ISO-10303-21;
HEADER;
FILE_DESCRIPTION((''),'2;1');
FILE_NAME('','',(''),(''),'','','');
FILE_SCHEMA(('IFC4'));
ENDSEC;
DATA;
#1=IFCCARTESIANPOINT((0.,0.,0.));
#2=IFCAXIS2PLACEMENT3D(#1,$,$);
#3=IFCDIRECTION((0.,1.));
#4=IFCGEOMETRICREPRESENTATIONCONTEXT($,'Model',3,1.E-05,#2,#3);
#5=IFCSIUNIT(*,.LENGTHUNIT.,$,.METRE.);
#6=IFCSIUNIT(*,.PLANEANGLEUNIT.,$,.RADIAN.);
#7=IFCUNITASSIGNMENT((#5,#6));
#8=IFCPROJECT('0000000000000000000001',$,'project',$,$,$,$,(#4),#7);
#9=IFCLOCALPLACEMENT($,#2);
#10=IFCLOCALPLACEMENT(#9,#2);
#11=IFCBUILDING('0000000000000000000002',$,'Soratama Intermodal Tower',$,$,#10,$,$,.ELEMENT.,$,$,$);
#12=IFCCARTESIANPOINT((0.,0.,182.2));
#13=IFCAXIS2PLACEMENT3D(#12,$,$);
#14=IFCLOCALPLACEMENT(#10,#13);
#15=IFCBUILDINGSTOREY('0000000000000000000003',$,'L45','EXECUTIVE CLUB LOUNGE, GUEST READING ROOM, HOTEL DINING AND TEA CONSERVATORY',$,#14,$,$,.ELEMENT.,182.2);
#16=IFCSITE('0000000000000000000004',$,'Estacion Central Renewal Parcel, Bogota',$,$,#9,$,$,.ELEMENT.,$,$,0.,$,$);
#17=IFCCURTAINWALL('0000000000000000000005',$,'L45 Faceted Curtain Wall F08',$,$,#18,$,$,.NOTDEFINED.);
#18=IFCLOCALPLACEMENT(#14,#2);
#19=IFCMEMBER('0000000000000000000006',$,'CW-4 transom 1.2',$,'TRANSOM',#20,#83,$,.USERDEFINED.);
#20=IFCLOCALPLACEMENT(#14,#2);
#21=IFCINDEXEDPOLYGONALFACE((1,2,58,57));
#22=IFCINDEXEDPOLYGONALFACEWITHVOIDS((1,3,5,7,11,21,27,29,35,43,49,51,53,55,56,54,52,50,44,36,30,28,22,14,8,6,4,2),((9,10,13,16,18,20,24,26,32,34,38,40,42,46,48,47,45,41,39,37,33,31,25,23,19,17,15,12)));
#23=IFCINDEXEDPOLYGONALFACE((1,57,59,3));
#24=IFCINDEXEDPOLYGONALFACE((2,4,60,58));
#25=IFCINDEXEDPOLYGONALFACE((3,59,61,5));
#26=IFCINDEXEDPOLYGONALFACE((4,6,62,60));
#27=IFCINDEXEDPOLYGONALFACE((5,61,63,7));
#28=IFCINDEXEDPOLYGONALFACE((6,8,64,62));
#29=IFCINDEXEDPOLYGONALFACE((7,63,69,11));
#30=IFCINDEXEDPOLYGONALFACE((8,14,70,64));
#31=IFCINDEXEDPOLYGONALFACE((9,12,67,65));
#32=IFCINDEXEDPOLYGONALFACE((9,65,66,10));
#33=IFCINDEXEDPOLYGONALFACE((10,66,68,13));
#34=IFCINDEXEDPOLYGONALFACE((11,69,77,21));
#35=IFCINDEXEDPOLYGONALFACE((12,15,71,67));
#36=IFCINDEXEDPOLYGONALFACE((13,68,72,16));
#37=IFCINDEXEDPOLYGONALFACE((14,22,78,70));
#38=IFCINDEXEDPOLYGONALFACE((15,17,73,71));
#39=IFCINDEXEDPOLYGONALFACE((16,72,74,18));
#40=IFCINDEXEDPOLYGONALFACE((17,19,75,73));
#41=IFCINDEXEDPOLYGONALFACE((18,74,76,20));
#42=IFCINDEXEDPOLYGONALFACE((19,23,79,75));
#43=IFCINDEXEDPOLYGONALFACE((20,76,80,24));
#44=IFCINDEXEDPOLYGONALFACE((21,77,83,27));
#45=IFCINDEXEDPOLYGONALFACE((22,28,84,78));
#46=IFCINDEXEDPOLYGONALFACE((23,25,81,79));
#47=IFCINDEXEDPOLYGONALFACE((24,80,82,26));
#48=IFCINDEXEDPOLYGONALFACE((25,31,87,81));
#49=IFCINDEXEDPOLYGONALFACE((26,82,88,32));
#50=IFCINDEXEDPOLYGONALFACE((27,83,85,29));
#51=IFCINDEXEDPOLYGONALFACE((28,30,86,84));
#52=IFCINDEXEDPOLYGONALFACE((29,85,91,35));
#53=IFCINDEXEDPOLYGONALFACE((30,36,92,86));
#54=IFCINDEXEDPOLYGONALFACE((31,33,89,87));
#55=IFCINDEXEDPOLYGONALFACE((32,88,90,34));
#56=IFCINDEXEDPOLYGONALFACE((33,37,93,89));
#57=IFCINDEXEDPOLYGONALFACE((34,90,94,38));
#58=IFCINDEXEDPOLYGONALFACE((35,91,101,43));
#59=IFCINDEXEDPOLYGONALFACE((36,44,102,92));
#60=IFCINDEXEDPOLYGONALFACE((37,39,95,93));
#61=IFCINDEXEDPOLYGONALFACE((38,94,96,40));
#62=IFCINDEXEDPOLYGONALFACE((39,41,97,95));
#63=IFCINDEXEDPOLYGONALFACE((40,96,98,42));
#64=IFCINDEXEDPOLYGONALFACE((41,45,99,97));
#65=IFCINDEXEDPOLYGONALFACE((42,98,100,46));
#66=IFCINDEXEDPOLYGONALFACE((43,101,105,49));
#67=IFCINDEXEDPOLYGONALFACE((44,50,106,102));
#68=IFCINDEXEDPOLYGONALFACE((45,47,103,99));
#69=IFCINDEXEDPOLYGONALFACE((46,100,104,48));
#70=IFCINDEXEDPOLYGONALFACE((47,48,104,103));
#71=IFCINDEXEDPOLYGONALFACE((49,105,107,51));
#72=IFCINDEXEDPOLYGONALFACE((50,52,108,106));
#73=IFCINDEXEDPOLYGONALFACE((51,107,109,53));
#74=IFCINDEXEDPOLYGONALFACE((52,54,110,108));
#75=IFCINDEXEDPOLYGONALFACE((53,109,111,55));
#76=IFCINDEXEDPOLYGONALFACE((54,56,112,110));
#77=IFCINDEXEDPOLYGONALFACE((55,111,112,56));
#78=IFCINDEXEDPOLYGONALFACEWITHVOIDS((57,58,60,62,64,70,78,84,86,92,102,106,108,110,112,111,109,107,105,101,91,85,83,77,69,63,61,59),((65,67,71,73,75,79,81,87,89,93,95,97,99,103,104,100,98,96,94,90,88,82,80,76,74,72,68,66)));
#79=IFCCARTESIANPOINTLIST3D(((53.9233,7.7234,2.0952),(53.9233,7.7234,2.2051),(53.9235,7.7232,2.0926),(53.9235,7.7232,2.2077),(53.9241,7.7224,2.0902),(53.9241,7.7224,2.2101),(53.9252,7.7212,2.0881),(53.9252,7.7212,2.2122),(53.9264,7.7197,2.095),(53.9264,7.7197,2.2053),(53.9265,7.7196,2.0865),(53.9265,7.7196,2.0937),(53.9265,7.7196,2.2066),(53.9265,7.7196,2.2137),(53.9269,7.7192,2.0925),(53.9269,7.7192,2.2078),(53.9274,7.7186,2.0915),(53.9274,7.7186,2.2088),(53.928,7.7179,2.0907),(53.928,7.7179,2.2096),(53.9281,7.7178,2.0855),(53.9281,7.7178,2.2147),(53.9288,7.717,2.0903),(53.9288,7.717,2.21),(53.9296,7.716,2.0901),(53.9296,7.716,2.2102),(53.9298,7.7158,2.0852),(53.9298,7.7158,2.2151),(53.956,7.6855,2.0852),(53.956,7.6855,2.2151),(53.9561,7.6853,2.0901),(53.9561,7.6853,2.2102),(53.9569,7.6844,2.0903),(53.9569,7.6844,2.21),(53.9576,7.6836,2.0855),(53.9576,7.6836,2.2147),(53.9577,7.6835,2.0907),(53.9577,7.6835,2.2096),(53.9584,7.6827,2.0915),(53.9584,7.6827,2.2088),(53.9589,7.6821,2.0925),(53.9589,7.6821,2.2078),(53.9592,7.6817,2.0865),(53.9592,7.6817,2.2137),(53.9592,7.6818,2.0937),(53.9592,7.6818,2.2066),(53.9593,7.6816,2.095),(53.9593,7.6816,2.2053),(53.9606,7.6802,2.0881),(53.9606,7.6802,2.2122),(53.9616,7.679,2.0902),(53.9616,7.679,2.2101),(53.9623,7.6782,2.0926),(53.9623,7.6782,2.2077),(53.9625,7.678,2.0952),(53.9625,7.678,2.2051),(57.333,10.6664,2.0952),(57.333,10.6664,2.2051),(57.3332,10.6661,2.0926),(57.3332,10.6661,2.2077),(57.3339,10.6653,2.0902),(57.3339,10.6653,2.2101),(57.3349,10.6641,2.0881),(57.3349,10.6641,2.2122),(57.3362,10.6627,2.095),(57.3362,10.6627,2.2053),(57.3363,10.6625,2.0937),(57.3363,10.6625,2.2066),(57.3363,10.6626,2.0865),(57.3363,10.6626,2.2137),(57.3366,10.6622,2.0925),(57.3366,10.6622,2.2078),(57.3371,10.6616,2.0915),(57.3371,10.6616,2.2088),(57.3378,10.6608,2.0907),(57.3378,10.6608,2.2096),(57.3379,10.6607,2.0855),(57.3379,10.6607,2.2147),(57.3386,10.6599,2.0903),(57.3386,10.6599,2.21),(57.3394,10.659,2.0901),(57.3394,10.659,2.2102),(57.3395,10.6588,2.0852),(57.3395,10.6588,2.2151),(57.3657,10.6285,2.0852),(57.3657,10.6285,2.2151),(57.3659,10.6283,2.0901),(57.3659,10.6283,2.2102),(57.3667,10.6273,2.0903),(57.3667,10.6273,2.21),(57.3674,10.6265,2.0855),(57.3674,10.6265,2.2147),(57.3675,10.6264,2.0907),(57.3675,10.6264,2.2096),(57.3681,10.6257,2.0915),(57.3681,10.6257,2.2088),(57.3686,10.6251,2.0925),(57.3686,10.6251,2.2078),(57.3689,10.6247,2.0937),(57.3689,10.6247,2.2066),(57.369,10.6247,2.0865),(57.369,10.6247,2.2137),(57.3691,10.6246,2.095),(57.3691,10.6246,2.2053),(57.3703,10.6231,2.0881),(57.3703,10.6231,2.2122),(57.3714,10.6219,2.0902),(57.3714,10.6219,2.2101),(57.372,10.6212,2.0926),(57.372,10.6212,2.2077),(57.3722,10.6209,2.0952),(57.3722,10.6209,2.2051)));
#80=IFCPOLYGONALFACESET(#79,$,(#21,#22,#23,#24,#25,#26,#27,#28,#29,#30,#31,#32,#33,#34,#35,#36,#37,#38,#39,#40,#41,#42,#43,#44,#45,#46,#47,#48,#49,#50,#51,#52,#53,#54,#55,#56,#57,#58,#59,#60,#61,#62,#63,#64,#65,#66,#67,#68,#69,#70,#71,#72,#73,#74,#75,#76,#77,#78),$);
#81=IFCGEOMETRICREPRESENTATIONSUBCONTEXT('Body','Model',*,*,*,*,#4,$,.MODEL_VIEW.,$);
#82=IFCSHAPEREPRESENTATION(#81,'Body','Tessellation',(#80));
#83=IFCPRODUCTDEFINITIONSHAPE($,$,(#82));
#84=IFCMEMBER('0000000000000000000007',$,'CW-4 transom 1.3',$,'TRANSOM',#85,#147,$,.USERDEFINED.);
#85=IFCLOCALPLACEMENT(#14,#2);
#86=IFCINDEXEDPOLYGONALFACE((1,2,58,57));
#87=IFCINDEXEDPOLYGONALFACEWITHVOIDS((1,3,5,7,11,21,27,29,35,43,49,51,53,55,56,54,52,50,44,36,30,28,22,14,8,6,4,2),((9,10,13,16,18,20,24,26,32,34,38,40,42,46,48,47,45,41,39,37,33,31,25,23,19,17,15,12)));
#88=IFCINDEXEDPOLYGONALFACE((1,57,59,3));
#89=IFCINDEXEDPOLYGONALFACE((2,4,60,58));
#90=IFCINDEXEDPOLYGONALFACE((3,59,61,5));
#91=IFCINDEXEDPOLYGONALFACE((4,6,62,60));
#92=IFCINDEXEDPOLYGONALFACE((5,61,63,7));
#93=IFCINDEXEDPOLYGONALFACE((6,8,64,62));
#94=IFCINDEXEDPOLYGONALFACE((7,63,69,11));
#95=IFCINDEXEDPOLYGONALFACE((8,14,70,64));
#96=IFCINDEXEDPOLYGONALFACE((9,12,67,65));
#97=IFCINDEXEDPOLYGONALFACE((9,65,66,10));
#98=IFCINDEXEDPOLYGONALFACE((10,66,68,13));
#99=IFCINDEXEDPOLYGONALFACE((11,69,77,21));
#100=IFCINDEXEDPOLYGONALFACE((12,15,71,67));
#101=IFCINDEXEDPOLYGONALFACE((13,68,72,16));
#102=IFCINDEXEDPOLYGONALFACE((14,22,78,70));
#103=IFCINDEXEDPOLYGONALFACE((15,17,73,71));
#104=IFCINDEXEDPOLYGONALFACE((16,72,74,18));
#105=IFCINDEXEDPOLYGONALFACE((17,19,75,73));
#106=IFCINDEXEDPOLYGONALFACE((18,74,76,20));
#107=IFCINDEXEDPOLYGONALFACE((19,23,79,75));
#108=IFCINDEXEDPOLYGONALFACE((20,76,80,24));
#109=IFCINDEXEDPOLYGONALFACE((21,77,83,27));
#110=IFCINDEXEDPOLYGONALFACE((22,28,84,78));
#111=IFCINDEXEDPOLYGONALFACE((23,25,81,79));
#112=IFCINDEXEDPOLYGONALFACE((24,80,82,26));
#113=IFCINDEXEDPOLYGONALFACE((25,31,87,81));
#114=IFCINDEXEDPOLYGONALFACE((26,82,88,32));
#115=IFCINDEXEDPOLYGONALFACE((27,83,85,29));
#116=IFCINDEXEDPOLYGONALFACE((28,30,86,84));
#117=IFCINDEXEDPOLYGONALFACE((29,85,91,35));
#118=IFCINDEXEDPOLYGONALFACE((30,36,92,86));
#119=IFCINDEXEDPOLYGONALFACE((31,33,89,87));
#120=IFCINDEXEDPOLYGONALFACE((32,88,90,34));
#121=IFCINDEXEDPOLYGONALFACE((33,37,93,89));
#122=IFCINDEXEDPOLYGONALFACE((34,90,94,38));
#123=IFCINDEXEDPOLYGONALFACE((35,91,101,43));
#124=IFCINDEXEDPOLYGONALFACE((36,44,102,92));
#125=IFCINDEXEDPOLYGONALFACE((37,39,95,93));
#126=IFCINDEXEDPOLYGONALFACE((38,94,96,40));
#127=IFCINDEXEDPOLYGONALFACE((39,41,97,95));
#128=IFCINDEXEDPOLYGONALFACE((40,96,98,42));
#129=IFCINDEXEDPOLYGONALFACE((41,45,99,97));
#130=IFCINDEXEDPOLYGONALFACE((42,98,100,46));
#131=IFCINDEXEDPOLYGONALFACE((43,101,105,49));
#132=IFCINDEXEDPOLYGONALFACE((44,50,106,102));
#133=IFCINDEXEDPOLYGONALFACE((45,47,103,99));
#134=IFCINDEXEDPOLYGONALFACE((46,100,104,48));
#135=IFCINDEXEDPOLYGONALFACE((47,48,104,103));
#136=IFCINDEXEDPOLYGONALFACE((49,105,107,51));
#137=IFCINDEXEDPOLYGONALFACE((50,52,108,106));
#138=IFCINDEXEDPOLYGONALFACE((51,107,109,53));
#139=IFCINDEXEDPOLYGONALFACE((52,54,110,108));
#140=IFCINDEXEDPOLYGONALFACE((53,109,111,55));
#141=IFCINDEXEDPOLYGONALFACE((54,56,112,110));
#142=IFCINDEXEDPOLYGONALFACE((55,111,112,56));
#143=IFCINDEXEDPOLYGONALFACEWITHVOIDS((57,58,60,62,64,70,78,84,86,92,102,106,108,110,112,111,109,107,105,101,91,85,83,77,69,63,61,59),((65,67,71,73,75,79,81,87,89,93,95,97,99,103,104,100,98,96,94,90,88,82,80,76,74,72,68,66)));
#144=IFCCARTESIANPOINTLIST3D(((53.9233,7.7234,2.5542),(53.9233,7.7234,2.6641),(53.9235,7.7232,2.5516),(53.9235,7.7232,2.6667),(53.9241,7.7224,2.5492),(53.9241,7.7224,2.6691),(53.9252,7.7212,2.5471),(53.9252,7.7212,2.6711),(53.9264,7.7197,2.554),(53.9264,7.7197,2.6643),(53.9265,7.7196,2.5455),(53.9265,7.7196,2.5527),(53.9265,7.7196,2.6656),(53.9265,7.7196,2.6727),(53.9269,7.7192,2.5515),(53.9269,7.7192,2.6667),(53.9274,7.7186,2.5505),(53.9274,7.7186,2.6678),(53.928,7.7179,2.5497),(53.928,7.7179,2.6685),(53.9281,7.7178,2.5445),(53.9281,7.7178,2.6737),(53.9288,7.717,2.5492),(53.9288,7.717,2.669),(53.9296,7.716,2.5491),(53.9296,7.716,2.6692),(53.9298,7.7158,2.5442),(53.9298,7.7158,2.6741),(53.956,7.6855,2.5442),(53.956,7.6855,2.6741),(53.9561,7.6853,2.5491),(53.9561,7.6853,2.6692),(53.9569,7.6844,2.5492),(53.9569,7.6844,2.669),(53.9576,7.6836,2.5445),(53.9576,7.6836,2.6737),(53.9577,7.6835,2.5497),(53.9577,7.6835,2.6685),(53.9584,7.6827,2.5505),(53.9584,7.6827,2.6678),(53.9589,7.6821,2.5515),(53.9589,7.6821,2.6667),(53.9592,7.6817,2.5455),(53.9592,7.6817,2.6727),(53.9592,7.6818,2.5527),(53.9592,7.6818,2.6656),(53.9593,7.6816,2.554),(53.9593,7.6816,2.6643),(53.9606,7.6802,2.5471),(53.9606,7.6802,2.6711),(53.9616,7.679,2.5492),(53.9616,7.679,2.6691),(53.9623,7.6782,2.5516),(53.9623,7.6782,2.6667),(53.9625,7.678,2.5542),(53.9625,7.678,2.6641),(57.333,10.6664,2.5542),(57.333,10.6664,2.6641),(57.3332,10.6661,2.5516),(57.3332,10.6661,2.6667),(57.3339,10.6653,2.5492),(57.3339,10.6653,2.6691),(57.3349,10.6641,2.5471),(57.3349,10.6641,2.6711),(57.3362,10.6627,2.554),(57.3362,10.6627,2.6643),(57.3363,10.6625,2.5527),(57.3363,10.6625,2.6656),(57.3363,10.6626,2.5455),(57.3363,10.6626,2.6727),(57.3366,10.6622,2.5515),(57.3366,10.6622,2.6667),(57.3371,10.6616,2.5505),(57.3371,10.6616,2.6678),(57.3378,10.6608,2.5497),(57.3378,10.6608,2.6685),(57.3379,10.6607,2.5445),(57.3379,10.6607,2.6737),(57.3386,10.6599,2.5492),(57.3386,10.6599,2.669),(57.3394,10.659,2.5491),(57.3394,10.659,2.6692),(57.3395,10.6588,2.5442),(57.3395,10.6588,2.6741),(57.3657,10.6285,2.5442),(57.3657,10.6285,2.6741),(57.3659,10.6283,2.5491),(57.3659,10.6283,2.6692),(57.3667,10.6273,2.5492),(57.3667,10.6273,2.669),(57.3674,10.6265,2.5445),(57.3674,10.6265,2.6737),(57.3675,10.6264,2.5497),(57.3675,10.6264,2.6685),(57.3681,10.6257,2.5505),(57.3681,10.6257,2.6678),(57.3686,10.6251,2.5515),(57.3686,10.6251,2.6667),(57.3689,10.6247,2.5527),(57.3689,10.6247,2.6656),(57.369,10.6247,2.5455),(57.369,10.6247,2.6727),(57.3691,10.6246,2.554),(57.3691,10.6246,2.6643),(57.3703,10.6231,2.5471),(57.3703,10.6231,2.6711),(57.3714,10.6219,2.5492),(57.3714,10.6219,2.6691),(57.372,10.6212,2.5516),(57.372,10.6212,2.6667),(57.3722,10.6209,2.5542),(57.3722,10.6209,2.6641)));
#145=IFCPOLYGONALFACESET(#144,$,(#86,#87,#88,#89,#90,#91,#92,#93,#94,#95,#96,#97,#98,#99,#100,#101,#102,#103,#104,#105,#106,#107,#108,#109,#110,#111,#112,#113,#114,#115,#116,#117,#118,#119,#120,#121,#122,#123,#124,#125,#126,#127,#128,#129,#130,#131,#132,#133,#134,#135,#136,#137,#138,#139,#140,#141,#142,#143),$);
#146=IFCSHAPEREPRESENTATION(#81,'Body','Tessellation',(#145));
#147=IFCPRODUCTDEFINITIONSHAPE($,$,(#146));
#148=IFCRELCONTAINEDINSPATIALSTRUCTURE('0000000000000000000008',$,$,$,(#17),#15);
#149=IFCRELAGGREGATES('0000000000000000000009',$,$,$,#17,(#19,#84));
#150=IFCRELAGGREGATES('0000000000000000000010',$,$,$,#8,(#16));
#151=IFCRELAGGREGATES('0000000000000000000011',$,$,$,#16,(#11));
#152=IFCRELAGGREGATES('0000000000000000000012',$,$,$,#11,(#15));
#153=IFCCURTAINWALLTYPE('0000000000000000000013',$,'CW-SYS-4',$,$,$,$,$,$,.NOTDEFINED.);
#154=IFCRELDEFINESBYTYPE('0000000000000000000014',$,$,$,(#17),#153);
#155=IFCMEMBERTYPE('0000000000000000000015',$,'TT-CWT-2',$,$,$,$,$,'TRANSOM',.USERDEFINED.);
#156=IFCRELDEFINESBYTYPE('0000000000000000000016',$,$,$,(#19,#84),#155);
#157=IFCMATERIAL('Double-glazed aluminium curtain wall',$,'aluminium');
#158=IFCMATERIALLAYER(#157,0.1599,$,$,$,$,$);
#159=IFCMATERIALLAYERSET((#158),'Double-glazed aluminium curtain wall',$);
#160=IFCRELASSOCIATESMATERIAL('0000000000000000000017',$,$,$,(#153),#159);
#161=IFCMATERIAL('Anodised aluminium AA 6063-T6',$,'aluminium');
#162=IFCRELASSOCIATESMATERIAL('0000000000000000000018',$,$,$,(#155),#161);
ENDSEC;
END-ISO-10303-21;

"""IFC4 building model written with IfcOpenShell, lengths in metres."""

from ifc_helpers import new_model, si_unit, direction, frame, origin, origin_2d, place, context, subcontext, project, spatial, hollow_rectangle, extrude, material, layer, layer_set, material_profile, profile_set, type_object, element, aggregate, save


model = new_model("IFC4")

# Units and contexts
model_context = context("Model", 3, precision=1e-05, world=origin(), true_north=direction((0.0, 1.0)))
body_context = subcontext(model_context, "Body", "Model", "MODEL_VIEW")
ifc_project = project(units=[si_unit("LENGTHUNIT", "METRE"), si_unit("PLANEANGLEUNIT", "RADIAN")], contexts=[model_context])

# Site, building, storey
site_placement = place(None, origin())
site = spatial("IfcSite", under=ifc_project, at=site_placement, Name="Estacion Central Renewal Parcel, Bogota", CompositionType="ELEMENT", RefElevation=0.0)
building_placement = place(site_placement, origin())
building = spatial("IfcBuilding", under=site, at=building_placement, Name="Soratama Intermodal Tower", CompositionType="ELEMENT")
storey_placement = place(building_placement, frame((0.0, 0.0, 182.2)))
storey = spatial("IfcBuildingStorey", under=building, at=storey_placement, Name="L45", Description="EXECUTIVE CLUB LOUNGE, GUEST READING ROOM, HOTEL DINING AND TEA CONSERVATORY", CompositionType="ELEMENT", Elevation=182.2)

# Curtain wall, members
ifc_material_1 = material(Name="Double-glazed aluminium curtain wall", Category="aluminium")
ifc_layer_1 = layer(ifc_material_1, 0.1599)
ifc_layer_set_1 = layer_set([ifc_layer_1], Name="Double-glazed aluminium curtain wall")
curtain_wall_type = type_object("IfcCurtainWallType", Name="CW-SYS-4", PredefinedType="NOTDEFINED", material=ifc_layer_set_1)
curtain_wall_placement = place(storey_placement, origin())
curtain_wall = element("IfcCurtainWall", 1, at=curtain_wall_placement, inside=storey, type_object=curtain_wall_type, Name="L45 Faceted Curtain Wall F08", PredefinedType="NOTDEFINED")
ifc_material_2 = material(Name="Anodised aluminium AA 6063-T6", Category="aluminium")
ifc_material_profile_1 = material_profile(ifc_material_2, hollow_rectangle(XDim=0.0601, YDim=0.1299, WallThickness=0.0049, InnerFilletRadius=0.0049, OuterFilletRadius=0.01, at=origin_2d()), Name="CWT130X60X5")
ifc_profile_set_1 = profile_set([ifc_material_profile_1], Name="Anodised aluminium AA 6063-T6")
member_type_1 = type_object("IfcMemberType", Name="TT-CWT-2", ElementType="TRANSOM", PredefinedType="USERDEFINED", material=ifc_profile_set_1)
member_1_placement = place(storey_placement, frame((53.9429, 7.7007, 2.1501), z_axis=(0.757025, 0.653386, 0.0), x_axis=(-0.653386, 0.757025, 0.0)))
member_1 = element("IfcMember", 2, at=member_1_placement, type_object=member_type_1, Name="CW-4 transom 1.2", ObjectType="TRANSOM", PredefinedType="USERDEFINED", context=body_context, shape_type="SweptSolid", body=[
    extrude(hollow_rectangle(XDim=0.0601, YDim=0.1299, WallThickness=0.0049, InnerFilletRadius=0.0049, OuterFilletRadius=0.01, at=origin_2d()), origin(), (0.0, 0.0, 1.0), 4.5042),
])
member_2_placement = place(storey_placement, frame((53.9429, 7.7007, 2.6091), z_axis=(0.757025, 0.653386, 0.0), x_axis=(-0.653386, 0.757025, 0.0)))
member_2 = element("IfcMember", 3, at=member_2_placement, type_object=member_type_1, Name="CW-4 transom 1.3", ObjectType="TRANSOM", PredefinedType="USERDEFINED", context=body_context, shape_type="SweptSolid", body=[
    extrude(hollow_rectangle(XDim=0.0601, YDim=0.1299, WallThickness=0.0049, InnerFilletRadius=0.0049, OuterFilletRadius=0.01, at=origin_2d()), origin(), (0.0, 0.0, 1.0), 4.5042),
])
aggregate(curtain_wall, [member_1, member_2])

save(model, "model.ifc")
